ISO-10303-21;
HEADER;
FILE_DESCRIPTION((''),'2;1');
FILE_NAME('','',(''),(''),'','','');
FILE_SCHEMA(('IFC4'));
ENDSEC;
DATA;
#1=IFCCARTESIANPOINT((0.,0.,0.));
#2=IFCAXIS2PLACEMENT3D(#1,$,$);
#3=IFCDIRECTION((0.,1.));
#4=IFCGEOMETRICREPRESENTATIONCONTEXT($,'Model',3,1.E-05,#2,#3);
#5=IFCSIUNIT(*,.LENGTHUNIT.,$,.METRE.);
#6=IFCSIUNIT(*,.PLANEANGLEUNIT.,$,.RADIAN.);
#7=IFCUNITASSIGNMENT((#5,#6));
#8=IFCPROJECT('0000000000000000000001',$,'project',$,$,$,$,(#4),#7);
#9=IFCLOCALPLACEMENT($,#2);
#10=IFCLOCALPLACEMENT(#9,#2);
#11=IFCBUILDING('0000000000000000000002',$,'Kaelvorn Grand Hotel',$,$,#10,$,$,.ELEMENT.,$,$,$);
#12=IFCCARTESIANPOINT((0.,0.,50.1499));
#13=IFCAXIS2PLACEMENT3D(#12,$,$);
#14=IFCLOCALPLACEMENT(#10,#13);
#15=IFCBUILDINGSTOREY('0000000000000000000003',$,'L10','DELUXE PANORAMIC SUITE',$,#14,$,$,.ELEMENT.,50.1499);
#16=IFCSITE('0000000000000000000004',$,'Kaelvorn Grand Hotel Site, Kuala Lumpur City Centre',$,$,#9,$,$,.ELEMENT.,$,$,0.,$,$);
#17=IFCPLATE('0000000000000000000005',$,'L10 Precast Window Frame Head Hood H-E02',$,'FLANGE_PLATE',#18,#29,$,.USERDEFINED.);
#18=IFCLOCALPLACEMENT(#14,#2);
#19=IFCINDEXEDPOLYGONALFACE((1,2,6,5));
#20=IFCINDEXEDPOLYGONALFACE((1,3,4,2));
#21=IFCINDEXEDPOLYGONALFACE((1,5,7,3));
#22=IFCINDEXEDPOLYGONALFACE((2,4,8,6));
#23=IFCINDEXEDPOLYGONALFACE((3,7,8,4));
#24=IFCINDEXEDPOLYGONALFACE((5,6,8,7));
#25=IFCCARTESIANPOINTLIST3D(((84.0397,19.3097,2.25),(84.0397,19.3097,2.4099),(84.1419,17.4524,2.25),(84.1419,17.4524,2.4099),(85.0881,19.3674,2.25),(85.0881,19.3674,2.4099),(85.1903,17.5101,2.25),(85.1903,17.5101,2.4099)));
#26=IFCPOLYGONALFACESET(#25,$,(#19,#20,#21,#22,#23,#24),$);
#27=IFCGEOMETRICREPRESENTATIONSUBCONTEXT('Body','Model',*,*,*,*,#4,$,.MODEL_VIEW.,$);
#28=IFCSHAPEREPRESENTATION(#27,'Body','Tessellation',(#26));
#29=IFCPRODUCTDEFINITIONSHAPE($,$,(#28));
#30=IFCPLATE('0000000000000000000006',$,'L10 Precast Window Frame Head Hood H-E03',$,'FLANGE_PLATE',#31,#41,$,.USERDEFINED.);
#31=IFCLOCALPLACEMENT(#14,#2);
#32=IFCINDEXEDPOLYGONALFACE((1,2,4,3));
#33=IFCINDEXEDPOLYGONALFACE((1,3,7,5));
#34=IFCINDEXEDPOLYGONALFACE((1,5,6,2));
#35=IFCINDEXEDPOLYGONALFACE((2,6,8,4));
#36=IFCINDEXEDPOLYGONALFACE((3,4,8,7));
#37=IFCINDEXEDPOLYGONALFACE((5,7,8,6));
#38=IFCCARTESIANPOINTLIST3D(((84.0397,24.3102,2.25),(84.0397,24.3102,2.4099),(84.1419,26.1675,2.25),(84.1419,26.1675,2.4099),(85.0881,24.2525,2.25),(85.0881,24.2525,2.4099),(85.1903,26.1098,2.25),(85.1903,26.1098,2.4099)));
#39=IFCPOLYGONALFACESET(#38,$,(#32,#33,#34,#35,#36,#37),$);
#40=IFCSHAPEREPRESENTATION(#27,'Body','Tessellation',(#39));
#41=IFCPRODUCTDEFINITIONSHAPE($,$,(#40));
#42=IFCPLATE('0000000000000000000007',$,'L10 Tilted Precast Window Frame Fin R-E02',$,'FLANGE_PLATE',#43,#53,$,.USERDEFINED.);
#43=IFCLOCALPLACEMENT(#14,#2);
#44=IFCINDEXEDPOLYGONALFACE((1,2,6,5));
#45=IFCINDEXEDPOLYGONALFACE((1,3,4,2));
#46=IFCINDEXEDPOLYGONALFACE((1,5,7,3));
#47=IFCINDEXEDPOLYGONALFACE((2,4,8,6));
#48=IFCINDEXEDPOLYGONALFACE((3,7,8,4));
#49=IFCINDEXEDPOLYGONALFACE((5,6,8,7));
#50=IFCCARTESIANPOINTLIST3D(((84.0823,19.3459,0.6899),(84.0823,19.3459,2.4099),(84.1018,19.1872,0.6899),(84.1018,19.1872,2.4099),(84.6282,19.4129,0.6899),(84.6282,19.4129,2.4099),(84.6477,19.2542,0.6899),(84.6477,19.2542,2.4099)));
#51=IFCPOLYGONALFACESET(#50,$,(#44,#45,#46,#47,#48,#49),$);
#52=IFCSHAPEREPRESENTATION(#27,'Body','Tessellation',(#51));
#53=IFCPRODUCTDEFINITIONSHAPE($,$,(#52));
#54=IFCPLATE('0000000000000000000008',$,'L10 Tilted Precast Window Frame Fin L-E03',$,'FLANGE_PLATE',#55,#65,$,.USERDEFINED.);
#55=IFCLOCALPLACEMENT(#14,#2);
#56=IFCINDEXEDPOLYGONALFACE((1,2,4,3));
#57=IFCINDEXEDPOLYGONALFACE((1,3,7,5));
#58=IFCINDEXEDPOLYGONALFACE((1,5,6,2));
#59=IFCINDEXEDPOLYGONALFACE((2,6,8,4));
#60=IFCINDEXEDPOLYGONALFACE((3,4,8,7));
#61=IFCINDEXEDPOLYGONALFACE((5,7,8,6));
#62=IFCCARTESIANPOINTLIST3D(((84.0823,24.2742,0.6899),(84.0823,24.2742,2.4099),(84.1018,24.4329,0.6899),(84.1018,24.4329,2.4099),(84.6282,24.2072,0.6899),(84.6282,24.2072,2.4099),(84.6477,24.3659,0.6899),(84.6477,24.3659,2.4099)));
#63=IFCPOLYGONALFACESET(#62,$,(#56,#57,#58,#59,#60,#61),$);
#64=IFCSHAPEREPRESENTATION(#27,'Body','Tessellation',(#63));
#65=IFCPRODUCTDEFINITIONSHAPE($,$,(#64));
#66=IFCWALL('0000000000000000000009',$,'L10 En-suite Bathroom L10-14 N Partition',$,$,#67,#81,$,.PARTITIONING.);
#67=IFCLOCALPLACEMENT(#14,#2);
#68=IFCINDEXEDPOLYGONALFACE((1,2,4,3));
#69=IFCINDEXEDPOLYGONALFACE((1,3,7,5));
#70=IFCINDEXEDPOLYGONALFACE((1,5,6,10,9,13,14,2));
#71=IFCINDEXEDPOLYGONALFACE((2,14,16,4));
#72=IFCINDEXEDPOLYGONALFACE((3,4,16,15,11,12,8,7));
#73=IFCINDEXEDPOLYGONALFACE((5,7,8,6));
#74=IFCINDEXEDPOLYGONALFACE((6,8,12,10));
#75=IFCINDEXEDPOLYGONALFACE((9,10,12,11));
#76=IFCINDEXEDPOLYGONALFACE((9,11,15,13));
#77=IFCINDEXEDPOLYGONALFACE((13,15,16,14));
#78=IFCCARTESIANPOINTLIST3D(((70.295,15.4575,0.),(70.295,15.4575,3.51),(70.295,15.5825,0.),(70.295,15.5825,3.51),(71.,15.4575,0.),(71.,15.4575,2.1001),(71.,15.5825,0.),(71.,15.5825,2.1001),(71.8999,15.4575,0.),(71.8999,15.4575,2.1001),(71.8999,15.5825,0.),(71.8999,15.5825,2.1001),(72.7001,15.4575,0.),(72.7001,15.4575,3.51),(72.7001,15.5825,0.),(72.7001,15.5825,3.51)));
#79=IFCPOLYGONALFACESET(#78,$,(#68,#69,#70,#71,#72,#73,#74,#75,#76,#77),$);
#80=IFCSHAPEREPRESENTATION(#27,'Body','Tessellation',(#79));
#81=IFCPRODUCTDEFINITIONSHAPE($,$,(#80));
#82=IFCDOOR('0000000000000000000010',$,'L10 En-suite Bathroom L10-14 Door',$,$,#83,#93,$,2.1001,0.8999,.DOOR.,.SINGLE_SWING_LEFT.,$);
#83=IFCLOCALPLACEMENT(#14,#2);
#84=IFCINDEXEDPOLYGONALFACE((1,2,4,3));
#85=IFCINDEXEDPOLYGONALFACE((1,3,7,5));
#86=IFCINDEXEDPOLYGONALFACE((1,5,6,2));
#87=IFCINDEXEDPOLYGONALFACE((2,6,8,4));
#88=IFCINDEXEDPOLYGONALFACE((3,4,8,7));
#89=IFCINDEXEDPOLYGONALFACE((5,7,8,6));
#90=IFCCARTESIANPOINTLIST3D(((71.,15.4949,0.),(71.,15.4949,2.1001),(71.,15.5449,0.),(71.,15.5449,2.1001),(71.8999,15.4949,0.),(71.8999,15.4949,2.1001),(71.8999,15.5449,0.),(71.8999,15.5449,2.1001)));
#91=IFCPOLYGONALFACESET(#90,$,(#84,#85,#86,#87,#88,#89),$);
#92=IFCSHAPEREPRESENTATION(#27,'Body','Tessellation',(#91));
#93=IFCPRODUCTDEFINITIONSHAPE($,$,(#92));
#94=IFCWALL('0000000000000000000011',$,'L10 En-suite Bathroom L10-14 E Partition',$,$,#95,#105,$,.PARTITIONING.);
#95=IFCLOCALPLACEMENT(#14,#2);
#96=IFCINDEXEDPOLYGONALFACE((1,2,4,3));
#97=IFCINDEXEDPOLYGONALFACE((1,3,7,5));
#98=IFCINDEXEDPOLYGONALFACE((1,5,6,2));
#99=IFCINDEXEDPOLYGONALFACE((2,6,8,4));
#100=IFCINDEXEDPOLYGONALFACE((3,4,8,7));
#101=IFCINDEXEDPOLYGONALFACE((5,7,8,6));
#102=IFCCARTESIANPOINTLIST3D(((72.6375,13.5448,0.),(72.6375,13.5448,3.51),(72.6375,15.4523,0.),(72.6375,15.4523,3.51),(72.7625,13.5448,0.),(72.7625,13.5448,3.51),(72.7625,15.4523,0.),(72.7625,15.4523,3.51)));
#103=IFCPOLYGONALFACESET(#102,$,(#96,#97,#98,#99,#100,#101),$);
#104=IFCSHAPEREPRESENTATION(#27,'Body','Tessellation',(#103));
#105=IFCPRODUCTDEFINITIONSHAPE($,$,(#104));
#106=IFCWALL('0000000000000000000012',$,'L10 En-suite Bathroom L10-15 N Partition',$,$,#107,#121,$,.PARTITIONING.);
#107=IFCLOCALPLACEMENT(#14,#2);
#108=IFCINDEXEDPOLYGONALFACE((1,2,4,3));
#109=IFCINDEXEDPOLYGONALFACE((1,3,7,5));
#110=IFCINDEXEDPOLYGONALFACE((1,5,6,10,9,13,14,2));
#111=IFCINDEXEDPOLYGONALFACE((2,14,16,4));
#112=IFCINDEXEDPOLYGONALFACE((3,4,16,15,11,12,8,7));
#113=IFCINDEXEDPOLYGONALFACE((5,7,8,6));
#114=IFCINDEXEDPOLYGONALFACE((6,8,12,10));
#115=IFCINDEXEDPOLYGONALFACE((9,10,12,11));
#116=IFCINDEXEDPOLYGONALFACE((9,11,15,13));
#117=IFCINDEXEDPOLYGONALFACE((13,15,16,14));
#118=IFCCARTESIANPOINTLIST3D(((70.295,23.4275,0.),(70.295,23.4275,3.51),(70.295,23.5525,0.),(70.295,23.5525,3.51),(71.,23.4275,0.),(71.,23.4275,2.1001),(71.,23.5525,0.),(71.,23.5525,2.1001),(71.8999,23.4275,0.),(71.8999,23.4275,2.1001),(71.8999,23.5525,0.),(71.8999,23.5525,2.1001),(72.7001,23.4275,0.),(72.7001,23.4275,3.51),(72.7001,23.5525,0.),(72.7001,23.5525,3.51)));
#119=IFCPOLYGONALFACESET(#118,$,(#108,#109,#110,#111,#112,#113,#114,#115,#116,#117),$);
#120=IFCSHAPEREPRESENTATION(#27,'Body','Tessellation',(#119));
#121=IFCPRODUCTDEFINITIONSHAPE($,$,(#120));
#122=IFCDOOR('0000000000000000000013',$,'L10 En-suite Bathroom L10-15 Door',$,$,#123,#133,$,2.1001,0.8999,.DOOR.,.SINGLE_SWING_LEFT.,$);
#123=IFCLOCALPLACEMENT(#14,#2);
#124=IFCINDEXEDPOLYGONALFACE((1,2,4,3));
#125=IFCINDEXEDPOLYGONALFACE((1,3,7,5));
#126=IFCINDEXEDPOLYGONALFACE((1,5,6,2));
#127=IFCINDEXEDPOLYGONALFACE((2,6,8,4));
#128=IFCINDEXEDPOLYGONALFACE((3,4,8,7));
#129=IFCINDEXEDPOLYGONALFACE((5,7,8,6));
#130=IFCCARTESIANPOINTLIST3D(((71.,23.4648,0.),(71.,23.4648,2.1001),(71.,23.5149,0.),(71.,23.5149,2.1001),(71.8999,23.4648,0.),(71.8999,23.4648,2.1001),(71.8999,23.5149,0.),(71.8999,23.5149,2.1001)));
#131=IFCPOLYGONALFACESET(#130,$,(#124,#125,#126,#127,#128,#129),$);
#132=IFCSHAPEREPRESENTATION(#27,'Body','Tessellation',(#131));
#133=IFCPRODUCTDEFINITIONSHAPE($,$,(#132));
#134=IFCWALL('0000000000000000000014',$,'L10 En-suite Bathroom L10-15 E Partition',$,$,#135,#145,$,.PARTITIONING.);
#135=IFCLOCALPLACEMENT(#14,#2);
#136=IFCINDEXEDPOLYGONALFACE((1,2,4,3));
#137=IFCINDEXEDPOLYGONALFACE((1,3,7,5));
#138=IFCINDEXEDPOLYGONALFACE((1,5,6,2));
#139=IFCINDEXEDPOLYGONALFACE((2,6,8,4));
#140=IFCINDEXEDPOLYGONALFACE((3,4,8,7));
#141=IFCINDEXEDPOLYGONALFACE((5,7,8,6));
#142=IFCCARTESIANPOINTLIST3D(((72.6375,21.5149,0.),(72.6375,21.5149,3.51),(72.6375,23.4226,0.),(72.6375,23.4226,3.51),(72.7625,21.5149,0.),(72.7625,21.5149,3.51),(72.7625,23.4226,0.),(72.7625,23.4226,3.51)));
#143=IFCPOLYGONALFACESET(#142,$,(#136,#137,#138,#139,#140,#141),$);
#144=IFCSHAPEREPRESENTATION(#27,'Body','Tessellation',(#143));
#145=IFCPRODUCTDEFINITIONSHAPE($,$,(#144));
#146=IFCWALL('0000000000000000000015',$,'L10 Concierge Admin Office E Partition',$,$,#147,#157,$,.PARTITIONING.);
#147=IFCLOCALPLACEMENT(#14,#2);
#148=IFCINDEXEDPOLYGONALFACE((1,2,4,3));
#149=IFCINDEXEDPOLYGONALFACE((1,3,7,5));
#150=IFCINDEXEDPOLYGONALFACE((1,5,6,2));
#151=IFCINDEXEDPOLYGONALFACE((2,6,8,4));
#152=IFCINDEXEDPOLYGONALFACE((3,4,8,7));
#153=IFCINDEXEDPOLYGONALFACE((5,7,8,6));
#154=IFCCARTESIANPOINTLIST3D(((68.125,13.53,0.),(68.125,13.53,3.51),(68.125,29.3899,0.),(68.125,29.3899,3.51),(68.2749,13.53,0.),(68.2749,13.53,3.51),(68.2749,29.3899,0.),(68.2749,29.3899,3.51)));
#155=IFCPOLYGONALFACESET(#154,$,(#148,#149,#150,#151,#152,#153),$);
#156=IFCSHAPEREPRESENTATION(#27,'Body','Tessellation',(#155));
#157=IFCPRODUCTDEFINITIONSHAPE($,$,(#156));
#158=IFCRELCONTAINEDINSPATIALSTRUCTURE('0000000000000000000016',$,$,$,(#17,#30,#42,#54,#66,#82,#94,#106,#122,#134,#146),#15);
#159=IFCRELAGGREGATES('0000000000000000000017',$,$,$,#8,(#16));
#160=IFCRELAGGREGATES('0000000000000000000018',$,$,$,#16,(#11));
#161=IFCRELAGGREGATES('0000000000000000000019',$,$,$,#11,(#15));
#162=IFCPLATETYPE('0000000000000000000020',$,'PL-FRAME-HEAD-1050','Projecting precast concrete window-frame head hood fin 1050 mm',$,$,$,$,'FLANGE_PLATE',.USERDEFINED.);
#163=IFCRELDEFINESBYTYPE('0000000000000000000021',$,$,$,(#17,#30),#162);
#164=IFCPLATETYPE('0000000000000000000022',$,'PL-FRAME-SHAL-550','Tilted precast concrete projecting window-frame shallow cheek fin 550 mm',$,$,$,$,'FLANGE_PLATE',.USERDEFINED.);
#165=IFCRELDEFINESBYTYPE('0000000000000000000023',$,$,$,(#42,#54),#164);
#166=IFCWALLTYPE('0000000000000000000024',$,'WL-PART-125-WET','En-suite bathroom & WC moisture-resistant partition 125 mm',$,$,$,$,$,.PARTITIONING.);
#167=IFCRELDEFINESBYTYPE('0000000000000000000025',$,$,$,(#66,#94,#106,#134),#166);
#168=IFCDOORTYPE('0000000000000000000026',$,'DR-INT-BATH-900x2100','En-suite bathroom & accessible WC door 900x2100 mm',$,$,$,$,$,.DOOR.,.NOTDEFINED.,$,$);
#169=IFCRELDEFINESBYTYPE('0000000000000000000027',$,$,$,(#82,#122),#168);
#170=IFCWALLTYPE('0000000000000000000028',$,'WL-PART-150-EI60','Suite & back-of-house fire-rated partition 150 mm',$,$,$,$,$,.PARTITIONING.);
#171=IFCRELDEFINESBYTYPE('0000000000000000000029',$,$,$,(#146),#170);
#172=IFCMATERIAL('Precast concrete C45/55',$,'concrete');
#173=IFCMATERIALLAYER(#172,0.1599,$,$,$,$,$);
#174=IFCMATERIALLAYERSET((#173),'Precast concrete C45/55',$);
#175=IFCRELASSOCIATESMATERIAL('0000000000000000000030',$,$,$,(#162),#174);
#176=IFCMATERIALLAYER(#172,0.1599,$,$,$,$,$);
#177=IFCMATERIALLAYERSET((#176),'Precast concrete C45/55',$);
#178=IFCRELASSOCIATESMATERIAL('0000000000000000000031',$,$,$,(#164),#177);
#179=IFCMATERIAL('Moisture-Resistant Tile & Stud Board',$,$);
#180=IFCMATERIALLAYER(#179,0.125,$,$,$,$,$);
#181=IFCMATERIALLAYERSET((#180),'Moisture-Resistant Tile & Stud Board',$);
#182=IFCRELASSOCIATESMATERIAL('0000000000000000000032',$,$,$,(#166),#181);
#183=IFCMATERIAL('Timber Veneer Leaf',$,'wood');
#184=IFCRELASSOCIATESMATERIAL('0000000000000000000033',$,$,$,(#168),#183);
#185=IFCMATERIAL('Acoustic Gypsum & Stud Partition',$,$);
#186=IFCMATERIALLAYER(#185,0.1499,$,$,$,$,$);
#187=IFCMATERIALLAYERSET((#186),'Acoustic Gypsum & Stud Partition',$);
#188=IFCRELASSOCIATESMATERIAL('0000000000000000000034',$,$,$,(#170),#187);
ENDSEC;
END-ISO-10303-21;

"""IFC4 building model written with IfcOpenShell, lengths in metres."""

from ifc_helpers import new_model, si_unit, direction, frame, frame_2d, origin, origin_2d, place, context, subcontext, project, spatial, rectangle, extrude, material, layer, layer_set, type_object, element, fill, save


model = new_model("IFC4")

# Units and contexts
model_context = context("Model", 3, precision=1e-05, world=origin(), true_north=direction((0.0, 1.0)))
body_context = subcontext(model_context, "Body", "Model", "MODEL_VIEW")
ifc_project = project(units=[si_unit("LENGTHUNIT", "METRE"), si_unit("PLANEANGLEUNIT", "RADIAN")], contexts=[model_context])

# Site, building, storey
site_placement = place(None, origin())
site = spatial("IfcSite", under=ifc_project, at=site_placement, Name="Kaelvorn Grand Hotel Site, Kuala Lumpur City Centre", CompositionType="ELEMENT", RefElevation=0.0)
building_placement = place(site_placement, origin())
building = spatial("IfcBuilding", under=site, at=building_placement, Name="Kaelvorn Grand Hotel", CompositionType="ELEMENT")
storey_placement = place(building_placement, frame((0.0, 0.0, 50.1499)))
storey = spatial("IfcBuildingStorey", under=building, at=storey_placement, Name="L10", Description="DELUXE PANORAMIC SUITE", CompositionType="ELEMENT", Elevation=50.1499)

# Plates
ifc_material_1 = material(Name="Precast concrete C45/55", Category="concrete")
ifc_layer_1 = layer(ifc_material_1, 0.1599)
ifc_layer_set_1 = layer_set([ifc_layer_1], Name="Precast concrete C45/55")
plate_type_1 = type_object("IfcPlateType", Name="PL-FRAME-HEAD-1050", Description="Projecting precast concrete window-frame head hood fin 1050 mm", ElementType="FLANGE_PLATE", PredefinedType="USERDEFINED", material=ifc_layer_set_1)
for number, where, z_axis, x_axis, name in (
    (1, (84.615, 18.4099, 2.25), (0.0, 0.0, 1.0), (-0.05495, 0.998489, 0.0), "L10 Precast Window Frame Head Hood H-E02"),
    (2, (84.615, 25.21, 2.25), (0.0, 0.0, 1.0), (0.05495, 0.998489, 0.0), "L10 Precast Window Frame Head Hood H-E03"),
):
    element("IfcPlate", number, at=place(storey_placement, frame(where, z_axis=z_axis, x_axis=x_axis)), inside=storey, type_object=plate_type_1, Name=name, ObjectType="FLANGE_PLATE", PredefinedType="USERDEFINED", context=body_context, shape_type="SweptSolid", body=[
        extrude(rectangle(XDim=1.8601, YDim=1.05, at=origin_2d()), origin(), (0.0, 0.0, 1.0), 0.1599),
    ])
ifc_layer_2 = layer(ifc_material_1, 0.1599)
ifc_layer_set_2 = layer_set([ifc_layer_2], Name="Precast concrete C45/55")
plate_type_2 = type_object("IfcPlateType", Name="PL-FRAME-SHAL-550", Description="Tilted precast concrete projecting window-frame shallow cheek fin 550 mm", ElementType="FLANGE_PLATE", PredefinedType="USERDEFINED", material=ifc_layer_set_2)
for number, where, z_axis, x_axis, name in (
    (3, (84.365, 19.3, 0.6899), (0.0, 0.0, 1.0), (-0.121869, 0.992546, 0.0), "L10 Tilted Precast Window Frame Fin R-E02"),
    (4, (84.365, 24.3201, 0.6899), (0.0, 0.0, 1.0), (0.121869, 0.992546, 0.0), "L10 Tilted Precast Window Frame Fin L-E03"),
):
    element("IfcPlate", number, at=place(storey_placement, frame(where, z_axis=z_axis, x_axis=x_axis)), inside=storey, type_object=plate_type_2, Name=name, ObjectType="FLANGE_PLATE", PredefinedType="USERDEFINED", context=body_context, shape_type="SweptSolid", body=[
        extrude(rectangle(XDim=0.1599, YDim=0.55, at=origin_2d()), origin(), (0.0, 0.0, 1.0), 1.72),
    ])

# Wall, opening, door
ifc_material_2 = material(Name="Moisture-Resistant Tile & Stud Board")
ifc_layer_3 = layer(ifc_material_2, 0.125)
ifc_layer_set_3 = layer_set([ifc_layer_3], Name="Moisture-Resistant Tile & Stud Board")
wall_type_1 = type_object("IfcWallType", Name="WL-PART-125-WET", Description="En-suite bathroom & WC moisture-resistant partition 125 mm", PredefinedType="PARTITIONING", material=ifc_layer_set_3)
wall_1_placement = place(storey_placement, frame((70.2949, 15.52, 0.0), z_axis=(0.0, 0.0, 1.0), x_axis=(1.0, 0.0, 0.0)))
wall_1 = element("IfcWall", 5, at=wall_1_placement, inside=storey, type_object=wall_type_1, Name="L10 En-suite Bathroom L10-14 N Partition", PredefinedType="PARTITIONING", context=body_context, shape_type="SweptSolid", body=[
    extrude(rectangle(XDim=2.405, YDim=0.125, at=frame_2d((1.2026, 0.0))), origin(), (0.0, 0.0, 1.0), 3.51),
])
opening_1_placement = place(wall_1_placement, frame((0.7051, 0.0, 0.0)))
opening_1 = element("IfcOpeningElement", 6, at=opening_1_placement, cuts=wall_1, PredefinedType="OPENING", context=body_context, shape_type="SweptSolid", body=[
    extrude(rectangle(XDim=0.8999, YDim=2.1001, at=frame_2d((0.45, 1.05))), frame((0.0, 0.0725, 0.0), z_axis=(0.0, -1.0, 0.0), x_axis=(1.0, 0.0, 0.0)), (0.0, 0.0, 1.0), 0.145),
])
ifc_material_3 = material(Name="Timber Veneer Leaf", Category="wood")
door_type_1 = type_object("IfcDoorType", Name="DR-INT-BATH-900x2100", Description="En-suite bathroom & accessible WC door 900x2100 mm", OperationType="NOTDEFINED", PredefinedType="DOOR", material=ifc_material_3)
door_1_placement = place(opening_1_placement, origin())
door_1 = element("IfcDoor", 7, at=door_1_placement, inside=storey, type_object=door_type_1, Name="L10 En-suite Bathroom L10-14 Door", OperationType="SINGLE_SWING_LEFT", OverallHeight=2.1001, OverallWidth=0.8999, PredefinedType="DOOR", context=body_context, shape_type="SweptSolid", body=[
    extrude(rectangle(XDim=0.8999, YDim=2.1001, at=frame_2d((0.45, 1.05))), frame((0.0, 0.0249, 0.0), z_axis=(0.0, -1.0, 0.0), x_axis=(1.0, 0.0, 0.0)), (0.0, 0.0, 1.0), 0.05),
])
fill(opening_1, door_1)

# Wall
wall_2_placement = place(storey_placement, frame((72.7, 13.5449, 0.0), z_axis=(0.0, 0.0, 1.0), x_axis=(0.0, 1.0, 0.0)))
element("IfcWall", 8, at=wall_2_placement, inside=storey, type_object=wall_type_1, Name="L10 En-suite Bathroom L10-14 E Partition", PredefinedType="PARTITIONING", context=body_context, shape_type="SweptSolid", body=[
    extrude(rectangle(XDim=1.9075, YDim=0.125, at=frame_2d((0.9536, 0.0))), origin(), (0.0, 0.0, 1.0), 3.51),
])

# Wall, opening, door
wall_3_placement = place(storey_placement, frame((70.2949, 23.49, 0.0), z_axis=(0.0, 0.0, 1.0), x_axis=(1.0, 0.0, 0.0)))
wall_3 = element("IfcWall", 9, at=wall_3_placement, inside=storey, type_object=wall_type_1, Name="L10 En-suite Bathroom L10-15 N Partition", PredefinedType="PARTITIONING", context=body_context, shape_type="SweptSolid", body=[
    extrude(rectangle(XDim=2.405, YDim=0.125, at=frame_2d((1.2026, 0.0))), origin(), (0.0, 0.0, 1.0), 3.51),
])
opening_2_placement = place(wall_3_placement, frame((0.7051, 0.0, 0.0)))
opening_2 = element("IfcOpeningElement", 10, at=opening_2_placement, cuts=wall_3, PredefinedType="OPENING", context=body_context, shape_type="SweptSolid", body=[
    extrude(rectangle(XDim=0.8999, YDim=2.1001, at=frame_2d((0.45, 1.05))), frame((0.0, 0.0725, 0.0), z_axis=(0.0, -1.0, 0.0), x_axis=(1.0, 0.0, 0.0)), (0.0, 0.0, 1.0), 0.145),
])
door_2_placement = place(opening_2_placement, origin())
door_2 = element("IfcDoor", 11, at=door_2_placement, inside=storey, type_object=door_type_1, Name="L10 En-suite Bathroom L10-15 Door", OperationType="SINGLE_SWING_LEFT", OverallHeight=2.1001, OverallWidth=0.8999, PredefinedType="DOOR", context=body_context, shape_type="SweptSolid", body=[
    extrude(rectangle(XDim=0.8999, YDim=2.1001, at=frame_2d((0.45, 1.05))), frame((0.0, 0.0249, 0.0), z_axis=(0.0, -1.0, 0.0), x_axis=(1.0, 0.0, 0.0)), (0.0, 0.0, 1.0), 0.05),
])
fill(opening_2, door_2)

# Walls
wall_4_placement = place(storey_placement, frame((72.7, 21.5149, 0.0), z_axis=(0.0, 0.0, 1.0), x_axis=(0.0, 1.0, 0.0)))
element("IfcWall", 12, at=wall_4_placement, inside=storey, type_object=wall_type_1, Name="L10 En-suite Bathroom L10-15 E Partition", PredefinedType="PARTITIONING", context=body_context, shape_type="SweptSolid", body=[
    extrude(rectangle(XDim=1.9077, YDim=0.125, at=frame_2d((0.9539, 0.0))), origin(), (0.0, 0.0, 1.0), 3.51),
])
ifc_material_4 = material(Name="Acoustic Gypsum & Stud Partition")
ifc_layer_4 = layer(ifc_material_4, 0.1499)
ifc_layer_set_4 = layer_set([ifc_layer_4], Name="Acoustic Gypsum & Stud Partition")
wall_type_2 = type_object("IfcWallType", Name="WL-PART-150-EI60", Description="Suite & back-of-house fire-rated partition 150 mm", PredefinedType="PARTITIONING", material=ifc_layer_set_4)
wall_5_placement = place(storey_placement, frame((68.2, 13.53, 0.0), z_axis=(0.0, 0.0, 1.0), x_axis=(0.0, 1.0, 0.0)))
element("IfcWall", 13, at=wall_5_placement, inside=storey, type_object=wall_type_2, Name="L10 Concierge Admin Office E Partition", PredefinedType="PARTITIONING", context=body_context, shape_type="SweptSolid", body=[
    extrude(rectangle(XDim=15.8599, YDim=0.1499, at=frame_2d((7.9299, 0.0))), origin(), (0.0, 0.0, 1.0), 3.51),
])

save(model, "model.ifc")
